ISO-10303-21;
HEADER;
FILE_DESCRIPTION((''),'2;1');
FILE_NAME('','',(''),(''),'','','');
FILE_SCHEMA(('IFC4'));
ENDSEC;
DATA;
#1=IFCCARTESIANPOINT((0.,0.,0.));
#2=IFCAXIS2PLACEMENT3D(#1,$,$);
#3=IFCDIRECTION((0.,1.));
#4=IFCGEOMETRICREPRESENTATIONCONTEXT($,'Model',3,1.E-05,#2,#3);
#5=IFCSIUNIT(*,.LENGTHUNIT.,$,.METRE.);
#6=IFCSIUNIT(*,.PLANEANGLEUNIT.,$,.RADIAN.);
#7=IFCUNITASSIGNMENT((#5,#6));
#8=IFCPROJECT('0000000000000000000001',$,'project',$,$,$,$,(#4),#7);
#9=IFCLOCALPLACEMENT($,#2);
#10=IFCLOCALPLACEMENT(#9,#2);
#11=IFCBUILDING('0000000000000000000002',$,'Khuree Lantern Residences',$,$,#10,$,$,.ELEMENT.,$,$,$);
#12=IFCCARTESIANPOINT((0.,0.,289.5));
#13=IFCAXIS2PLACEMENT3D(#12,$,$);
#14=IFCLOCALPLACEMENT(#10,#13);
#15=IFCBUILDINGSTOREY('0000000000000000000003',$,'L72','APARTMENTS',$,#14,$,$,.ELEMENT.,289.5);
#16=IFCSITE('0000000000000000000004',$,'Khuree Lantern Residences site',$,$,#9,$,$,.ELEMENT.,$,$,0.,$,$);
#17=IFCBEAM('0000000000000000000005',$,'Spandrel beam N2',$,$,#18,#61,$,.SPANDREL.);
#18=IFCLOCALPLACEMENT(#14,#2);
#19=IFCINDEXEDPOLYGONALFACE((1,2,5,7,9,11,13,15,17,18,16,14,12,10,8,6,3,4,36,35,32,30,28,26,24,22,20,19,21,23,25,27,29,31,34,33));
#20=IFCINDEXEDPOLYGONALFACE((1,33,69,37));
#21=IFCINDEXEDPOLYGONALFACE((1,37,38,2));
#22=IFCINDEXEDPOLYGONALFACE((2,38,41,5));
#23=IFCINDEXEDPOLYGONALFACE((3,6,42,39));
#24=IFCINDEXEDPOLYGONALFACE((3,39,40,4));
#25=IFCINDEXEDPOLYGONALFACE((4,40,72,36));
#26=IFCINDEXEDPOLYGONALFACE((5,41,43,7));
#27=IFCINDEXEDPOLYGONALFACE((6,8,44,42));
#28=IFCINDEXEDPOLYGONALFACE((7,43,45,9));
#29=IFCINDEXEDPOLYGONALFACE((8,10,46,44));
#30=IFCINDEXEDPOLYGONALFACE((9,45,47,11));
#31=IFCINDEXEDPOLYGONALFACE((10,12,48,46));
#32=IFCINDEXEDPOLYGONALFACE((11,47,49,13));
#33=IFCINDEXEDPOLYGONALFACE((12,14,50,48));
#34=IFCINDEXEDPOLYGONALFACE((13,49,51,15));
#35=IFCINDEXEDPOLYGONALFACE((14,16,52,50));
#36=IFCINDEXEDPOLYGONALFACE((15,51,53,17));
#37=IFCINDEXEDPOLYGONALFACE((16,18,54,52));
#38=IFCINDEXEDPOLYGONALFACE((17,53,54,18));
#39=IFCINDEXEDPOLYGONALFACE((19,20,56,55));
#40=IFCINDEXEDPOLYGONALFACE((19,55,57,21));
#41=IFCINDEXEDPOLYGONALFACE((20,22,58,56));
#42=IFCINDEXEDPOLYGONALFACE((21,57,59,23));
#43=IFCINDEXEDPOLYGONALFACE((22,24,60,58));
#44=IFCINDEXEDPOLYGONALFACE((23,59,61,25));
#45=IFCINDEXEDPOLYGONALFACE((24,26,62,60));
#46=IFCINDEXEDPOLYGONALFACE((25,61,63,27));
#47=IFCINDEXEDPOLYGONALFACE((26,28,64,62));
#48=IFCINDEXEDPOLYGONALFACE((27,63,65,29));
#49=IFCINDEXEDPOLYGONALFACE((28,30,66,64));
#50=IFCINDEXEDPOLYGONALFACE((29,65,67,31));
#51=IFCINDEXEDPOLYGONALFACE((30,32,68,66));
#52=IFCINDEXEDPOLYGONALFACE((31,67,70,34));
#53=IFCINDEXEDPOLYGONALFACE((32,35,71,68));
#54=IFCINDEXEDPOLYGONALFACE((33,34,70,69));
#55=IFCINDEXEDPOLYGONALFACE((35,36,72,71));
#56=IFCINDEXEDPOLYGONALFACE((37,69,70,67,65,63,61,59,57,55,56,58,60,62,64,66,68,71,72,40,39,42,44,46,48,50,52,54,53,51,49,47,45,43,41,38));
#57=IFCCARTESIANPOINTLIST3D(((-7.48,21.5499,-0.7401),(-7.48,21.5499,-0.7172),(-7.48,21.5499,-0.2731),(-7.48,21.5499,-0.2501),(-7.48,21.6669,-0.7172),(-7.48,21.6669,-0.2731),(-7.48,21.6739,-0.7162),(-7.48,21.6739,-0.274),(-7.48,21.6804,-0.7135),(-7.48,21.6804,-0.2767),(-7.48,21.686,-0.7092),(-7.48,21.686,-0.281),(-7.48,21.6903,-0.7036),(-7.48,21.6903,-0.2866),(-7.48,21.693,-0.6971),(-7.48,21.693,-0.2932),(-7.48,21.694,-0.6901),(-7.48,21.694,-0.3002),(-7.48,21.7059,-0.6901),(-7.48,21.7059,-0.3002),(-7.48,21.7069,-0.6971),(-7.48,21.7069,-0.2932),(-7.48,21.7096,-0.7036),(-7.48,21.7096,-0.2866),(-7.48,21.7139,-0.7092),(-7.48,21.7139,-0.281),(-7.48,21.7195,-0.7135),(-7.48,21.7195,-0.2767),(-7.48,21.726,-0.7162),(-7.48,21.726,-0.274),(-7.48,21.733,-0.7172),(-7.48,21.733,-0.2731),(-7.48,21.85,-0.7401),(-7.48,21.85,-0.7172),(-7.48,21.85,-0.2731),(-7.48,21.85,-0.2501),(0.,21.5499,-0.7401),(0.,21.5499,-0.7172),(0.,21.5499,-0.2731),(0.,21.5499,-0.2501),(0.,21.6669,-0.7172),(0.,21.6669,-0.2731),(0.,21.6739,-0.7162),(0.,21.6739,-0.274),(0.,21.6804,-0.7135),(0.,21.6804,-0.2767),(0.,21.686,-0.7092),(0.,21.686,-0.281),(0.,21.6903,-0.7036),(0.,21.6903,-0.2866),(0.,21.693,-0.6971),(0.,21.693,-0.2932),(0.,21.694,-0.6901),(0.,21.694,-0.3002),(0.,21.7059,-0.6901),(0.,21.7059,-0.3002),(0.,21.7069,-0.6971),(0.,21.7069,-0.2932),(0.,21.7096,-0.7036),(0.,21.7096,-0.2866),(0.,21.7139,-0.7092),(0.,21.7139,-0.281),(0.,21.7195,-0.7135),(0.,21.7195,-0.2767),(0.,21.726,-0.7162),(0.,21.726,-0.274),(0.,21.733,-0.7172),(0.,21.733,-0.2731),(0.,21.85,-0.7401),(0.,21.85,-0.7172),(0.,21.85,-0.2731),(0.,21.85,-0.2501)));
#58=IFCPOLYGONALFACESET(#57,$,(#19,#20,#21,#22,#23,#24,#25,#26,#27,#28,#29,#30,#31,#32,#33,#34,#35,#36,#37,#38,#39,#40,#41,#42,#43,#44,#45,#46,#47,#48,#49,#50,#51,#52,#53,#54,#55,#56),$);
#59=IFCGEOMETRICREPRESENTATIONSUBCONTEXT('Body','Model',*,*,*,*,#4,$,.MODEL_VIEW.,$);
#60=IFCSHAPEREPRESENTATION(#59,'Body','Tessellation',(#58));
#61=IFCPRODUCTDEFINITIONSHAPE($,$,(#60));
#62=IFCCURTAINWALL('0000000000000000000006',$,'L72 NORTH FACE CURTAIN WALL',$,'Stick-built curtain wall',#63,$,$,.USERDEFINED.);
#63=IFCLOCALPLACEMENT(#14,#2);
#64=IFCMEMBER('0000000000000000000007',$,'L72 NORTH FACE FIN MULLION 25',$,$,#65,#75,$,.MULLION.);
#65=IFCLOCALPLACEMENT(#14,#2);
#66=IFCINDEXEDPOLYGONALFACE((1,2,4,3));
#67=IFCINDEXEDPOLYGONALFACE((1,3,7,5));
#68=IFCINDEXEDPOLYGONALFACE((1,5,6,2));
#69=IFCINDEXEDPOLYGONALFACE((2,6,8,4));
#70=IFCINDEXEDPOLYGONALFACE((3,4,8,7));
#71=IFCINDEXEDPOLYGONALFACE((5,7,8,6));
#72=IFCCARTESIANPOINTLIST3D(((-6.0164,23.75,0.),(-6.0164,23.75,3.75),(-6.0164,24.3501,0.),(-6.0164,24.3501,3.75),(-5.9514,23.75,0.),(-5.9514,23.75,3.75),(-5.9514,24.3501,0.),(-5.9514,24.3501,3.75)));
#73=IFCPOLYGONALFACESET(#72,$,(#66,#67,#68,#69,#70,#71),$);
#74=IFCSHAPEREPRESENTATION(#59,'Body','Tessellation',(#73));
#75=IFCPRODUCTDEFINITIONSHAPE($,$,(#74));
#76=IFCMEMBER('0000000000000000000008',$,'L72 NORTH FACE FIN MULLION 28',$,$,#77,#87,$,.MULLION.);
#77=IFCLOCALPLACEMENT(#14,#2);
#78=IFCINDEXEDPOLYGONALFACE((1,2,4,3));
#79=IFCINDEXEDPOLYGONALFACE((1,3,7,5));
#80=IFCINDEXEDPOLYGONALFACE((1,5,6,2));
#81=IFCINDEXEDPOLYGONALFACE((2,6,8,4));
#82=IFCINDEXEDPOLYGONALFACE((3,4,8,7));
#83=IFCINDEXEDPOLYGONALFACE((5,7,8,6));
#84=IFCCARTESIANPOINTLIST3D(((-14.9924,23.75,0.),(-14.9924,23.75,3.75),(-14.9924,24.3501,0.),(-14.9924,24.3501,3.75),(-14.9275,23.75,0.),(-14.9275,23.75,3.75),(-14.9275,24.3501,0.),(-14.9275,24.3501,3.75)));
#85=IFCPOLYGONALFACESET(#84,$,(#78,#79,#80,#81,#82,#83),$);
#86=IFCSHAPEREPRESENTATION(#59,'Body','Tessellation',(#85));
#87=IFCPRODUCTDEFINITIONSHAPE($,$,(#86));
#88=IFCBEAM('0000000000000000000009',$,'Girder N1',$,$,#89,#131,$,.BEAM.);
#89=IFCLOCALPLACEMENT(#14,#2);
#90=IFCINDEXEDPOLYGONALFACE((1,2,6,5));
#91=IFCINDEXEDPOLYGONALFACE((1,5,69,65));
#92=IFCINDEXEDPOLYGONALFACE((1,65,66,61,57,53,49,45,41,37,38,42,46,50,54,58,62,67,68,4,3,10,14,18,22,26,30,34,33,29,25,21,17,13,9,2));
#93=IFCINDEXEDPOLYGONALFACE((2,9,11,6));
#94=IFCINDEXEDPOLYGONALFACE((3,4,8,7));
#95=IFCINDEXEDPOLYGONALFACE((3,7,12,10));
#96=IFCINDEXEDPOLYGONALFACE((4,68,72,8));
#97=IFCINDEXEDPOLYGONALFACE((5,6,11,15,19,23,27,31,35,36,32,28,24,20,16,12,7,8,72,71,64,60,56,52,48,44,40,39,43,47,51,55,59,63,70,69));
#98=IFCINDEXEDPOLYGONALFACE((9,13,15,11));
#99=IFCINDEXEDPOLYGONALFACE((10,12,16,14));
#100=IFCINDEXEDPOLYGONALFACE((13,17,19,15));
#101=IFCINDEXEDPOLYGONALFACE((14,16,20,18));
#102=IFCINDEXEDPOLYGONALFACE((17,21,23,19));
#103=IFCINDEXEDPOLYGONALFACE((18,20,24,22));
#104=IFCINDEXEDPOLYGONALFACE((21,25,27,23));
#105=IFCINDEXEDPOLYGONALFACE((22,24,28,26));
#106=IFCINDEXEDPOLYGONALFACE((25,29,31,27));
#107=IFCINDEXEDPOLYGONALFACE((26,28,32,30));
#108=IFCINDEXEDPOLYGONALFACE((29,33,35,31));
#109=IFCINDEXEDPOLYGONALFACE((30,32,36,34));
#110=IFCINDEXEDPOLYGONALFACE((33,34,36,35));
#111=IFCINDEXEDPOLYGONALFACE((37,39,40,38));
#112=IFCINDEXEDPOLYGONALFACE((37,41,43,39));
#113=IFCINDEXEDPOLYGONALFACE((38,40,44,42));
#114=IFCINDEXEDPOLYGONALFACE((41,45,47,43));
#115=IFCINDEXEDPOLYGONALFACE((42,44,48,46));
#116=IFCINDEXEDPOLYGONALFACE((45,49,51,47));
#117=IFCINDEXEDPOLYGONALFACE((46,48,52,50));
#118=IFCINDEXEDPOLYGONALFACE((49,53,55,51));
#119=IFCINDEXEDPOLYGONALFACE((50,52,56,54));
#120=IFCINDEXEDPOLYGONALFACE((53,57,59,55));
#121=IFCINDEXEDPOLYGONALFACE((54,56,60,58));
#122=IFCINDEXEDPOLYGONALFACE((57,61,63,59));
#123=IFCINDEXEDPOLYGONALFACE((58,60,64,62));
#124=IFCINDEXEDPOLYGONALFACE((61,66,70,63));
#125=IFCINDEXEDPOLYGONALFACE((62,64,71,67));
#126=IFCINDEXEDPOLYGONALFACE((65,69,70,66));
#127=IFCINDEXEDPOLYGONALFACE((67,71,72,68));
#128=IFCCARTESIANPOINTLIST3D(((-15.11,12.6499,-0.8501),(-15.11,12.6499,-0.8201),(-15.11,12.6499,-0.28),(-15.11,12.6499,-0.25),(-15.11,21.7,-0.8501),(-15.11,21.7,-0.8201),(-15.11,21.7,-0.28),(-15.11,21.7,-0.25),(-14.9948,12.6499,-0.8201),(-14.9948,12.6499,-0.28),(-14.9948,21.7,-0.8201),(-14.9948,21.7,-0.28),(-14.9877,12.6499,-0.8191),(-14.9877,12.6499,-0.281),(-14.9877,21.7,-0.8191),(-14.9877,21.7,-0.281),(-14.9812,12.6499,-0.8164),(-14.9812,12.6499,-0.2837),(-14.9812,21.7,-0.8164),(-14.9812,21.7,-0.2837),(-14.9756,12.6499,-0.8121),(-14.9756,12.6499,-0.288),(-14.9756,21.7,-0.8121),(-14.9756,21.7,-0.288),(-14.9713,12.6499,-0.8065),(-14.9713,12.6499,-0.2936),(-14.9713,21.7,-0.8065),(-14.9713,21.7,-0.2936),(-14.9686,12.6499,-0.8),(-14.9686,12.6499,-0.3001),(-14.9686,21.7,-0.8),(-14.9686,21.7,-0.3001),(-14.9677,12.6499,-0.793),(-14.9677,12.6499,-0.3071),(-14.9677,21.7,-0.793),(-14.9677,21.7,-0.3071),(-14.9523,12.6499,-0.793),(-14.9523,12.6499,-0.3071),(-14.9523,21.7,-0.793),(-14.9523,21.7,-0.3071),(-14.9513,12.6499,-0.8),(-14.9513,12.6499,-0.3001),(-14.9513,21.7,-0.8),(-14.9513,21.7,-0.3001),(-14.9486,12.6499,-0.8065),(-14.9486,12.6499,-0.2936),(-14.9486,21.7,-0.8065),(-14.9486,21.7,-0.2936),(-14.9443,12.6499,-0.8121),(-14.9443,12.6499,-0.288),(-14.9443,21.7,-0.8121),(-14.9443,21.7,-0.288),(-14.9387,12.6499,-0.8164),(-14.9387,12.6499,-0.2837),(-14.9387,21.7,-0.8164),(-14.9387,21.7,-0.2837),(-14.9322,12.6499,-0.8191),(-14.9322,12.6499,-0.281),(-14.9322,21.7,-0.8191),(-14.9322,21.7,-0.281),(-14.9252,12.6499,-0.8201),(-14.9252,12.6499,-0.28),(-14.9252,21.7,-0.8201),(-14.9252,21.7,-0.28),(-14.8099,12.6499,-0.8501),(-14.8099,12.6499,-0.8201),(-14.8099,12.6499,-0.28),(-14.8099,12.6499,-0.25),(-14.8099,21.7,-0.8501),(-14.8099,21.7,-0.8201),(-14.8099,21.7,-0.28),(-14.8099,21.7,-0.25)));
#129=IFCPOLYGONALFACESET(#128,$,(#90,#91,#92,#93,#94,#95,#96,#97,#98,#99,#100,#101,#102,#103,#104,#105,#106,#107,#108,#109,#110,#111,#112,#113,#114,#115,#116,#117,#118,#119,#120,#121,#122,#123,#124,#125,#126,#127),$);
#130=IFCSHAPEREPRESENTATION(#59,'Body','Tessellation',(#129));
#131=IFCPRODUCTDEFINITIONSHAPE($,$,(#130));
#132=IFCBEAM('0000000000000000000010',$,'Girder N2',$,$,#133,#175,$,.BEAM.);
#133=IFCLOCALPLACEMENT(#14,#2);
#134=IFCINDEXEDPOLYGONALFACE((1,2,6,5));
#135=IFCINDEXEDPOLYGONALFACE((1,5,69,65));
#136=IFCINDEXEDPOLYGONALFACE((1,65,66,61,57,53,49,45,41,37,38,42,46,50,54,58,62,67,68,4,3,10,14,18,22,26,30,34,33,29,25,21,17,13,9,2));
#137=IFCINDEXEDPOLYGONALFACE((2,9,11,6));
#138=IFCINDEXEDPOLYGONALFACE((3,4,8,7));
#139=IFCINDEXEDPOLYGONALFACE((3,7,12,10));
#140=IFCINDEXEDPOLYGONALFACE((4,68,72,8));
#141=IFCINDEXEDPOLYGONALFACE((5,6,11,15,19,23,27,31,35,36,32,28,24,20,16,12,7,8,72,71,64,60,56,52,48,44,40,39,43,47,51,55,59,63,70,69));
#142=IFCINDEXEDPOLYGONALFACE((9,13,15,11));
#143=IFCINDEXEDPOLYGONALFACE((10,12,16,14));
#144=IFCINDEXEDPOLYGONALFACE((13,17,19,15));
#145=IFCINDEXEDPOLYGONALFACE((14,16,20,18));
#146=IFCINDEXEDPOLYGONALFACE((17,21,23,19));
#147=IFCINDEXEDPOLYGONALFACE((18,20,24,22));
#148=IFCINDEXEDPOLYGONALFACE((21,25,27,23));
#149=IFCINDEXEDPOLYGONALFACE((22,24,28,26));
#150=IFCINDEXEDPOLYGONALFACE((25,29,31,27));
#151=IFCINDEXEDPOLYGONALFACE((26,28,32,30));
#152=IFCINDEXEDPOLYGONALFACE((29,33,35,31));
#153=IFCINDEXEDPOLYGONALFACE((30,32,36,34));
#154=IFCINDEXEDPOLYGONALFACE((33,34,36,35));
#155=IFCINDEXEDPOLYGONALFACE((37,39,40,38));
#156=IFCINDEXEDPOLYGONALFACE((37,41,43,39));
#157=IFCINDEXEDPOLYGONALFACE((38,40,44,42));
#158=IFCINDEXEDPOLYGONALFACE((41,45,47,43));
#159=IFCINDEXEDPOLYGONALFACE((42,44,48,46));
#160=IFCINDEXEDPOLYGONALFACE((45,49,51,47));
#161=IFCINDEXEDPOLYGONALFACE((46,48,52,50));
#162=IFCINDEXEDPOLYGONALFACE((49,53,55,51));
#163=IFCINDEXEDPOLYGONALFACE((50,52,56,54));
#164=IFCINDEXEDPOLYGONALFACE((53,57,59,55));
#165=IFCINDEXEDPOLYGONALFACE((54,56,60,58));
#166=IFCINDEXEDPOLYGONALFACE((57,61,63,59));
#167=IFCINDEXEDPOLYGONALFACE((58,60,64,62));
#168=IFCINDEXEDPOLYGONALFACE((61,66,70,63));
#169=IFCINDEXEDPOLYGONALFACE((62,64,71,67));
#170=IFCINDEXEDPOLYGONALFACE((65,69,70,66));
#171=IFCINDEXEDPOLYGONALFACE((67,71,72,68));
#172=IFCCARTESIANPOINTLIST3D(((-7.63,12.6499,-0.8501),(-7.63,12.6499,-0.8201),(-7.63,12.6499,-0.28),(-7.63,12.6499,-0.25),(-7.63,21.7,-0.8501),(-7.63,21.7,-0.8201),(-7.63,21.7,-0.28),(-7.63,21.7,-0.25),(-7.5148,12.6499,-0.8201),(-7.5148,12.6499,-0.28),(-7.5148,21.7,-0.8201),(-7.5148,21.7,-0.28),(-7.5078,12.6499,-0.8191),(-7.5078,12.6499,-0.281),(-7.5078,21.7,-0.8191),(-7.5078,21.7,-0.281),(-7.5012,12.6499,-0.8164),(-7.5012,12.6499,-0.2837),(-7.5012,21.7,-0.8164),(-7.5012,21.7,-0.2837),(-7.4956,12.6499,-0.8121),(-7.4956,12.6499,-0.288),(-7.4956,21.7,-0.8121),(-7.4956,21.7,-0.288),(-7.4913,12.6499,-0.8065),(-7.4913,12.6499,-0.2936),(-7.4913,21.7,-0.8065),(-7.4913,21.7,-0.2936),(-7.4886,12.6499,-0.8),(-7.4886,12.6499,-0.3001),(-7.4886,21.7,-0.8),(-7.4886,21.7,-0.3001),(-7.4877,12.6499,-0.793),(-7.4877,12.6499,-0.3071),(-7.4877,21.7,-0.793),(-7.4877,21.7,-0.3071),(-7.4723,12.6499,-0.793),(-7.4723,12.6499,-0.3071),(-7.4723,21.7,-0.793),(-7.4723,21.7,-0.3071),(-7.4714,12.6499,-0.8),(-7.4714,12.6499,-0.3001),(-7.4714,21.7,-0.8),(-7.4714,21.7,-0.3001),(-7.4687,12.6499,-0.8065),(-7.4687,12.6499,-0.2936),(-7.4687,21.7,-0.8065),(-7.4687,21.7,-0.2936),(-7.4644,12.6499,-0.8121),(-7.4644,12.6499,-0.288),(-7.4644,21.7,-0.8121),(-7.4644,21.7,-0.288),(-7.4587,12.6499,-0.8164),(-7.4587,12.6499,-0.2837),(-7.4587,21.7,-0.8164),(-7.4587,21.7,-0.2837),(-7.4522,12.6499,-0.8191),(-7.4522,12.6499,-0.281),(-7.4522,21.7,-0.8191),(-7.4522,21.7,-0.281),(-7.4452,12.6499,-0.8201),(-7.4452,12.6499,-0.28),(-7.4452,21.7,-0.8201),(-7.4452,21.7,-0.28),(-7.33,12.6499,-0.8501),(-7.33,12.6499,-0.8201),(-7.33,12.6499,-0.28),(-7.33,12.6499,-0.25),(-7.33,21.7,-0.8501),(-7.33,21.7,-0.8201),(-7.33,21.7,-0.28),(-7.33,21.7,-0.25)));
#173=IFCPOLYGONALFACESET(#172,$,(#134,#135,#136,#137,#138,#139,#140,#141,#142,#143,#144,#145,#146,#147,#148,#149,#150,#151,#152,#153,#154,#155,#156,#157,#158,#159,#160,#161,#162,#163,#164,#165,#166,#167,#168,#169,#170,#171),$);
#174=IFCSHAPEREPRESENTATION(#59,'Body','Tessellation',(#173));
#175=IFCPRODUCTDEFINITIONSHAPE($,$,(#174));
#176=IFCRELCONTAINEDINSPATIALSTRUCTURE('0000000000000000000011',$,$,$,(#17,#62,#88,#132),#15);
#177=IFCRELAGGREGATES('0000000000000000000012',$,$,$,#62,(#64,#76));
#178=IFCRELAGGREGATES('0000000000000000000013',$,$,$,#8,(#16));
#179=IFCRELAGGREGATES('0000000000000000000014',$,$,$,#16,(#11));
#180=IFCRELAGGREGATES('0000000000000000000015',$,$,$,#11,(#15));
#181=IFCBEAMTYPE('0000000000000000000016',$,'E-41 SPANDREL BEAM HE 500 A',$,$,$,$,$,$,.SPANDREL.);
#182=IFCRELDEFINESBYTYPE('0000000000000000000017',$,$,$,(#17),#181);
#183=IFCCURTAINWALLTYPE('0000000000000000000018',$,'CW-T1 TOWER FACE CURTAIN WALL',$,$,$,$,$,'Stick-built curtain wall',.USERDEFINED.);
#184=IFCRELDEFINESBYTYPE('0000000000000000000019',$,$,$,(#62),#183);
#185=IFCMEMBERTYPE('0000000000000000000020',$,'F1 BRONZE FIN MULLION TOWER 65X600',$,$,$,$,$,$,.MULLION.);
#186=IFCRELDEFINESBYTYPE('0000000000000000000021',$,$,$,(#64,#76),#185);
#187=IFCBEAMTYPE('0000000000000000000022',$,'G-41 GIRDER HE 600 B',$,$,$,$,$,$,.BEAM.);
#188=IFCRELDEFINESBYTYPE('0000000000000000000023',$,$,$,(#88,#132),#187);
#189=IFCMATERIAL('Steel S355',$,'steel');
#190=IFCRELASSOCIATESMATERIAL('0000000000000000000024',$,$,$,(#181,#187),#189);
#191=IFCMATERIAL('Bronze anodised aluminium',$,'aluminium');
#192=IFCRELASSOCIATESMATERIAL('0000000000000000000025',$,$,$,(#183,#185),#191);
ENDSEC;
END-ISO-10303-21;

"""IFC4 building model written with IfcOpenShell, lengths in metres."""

from ifc_helpers import new_model, si_unit, direction, frame, origin, origin_2d, place, context, subcontext, project, spatial, rectangle, i_section, extrude, material, material_profile, profile_set, type_object, element, aggregate, save


model = new_model("IFC4")

# Units and contexts
model_context = context("Model", 3, precision=1e-05, world=origin(), true_north=direction((0.0, 1.0)))
body_context = subcontext(model_context, "Body", "Model", "MODEL_VIEW")
ifc_project = project(units=[si_unit("LENGTHUNIT", "METRE"), si_unit("PLANEANGLEUNIT", "RADIAN")], contexts=[model_context])

# Site, building, storey
site_placement = place(None, origin())
site = spatial("IfcSite", under=ifc_project, at=site_placement, Name="Khuree Lantern Residences site", CompositionType="ELEMENT", RefElevation=0.0)
building_placement = place(site_placement, origin())
building = spatial("IfcBuilding", under=site, at=building_placement, Name="Khuree Lantern Residences", CompositionType="ELEMENT")
storey_placement = place(building_placement, frame((0.0, 0.0, 289.5)))
storey = spatial("IfcBuildingStorey", under=building, at=storey_placement, Name="L72", Description="APARTMENTS", CompositionType="ELEMENT", Elevation=289.5)

# Beam
ifc_material_1 = material(Name="Steel S355", Category="steel")
ifc_material_profile_1 = material_profile(ifc_material_1, i_section(OverallWidth=0.3, OverallDepth=0.49, WebThickness=0.012, FlangeThickness=0.0229, FilletRadius=0.0271, at=origin_2d()), Name="HE 500 A")
ifc_profile_set_1 = profile_set([ifc_material_profile_1], Name="Steel S355")
beam_type_1 = type_object("IfcBeamType", Name="E-41 SPANDREL BEAM HE 500 A", PredefinedType="SPANDREL", material=ifc_profile_set_1)
for number, where, z_axis, x_axis, name in (
    (1, (-7.48, 21.7, -0.4951), (1.0, 0.0, 0.0), (0.0, 1.0, 0.0), "Spandrel beam N2"),
):
    element("IfcBeam", number, at=place(storey_placement, frame(where, z_axis=z_axis, x_axis=x_axis)), inside=storey, type_object=beam_type_1, Name=name, PredefinedType="SPANDREL", context=body_context, shape_type="SweptSolid", body=[
        extrude(i_section(OverallWidth=0.3, OverallDepth=0.49, WebThickness=0.012, FlangeThickness=0.0229, FilletRadius=0.0271, at=origin_2d()), origin(), (0.0, 0.0, 1.0), 7.48),
    ])

# Curtain wall, members
ifc_material_2 = material(Name="Bronze anodised aluminium", Category="aluminium")
curtain_wall_type = type_object("IfcCurtainWallType", Name="CW-T1 TOWER FACE CURTAIN WALL", ElementType="Stick-built curtain wall", PredefinedType="USERDEFINED", material=ifc_material_2)
curtain_wall_placement = place(storey_placement, origin())
curtain_wall = element("IfcCurtainWall", 2, at=curtain_wall_placement, inside=storey, type_object=curtain_wall_type, Name="L72 NORTH FACE CURTAIN WALL", ObjectType="Stick-built curtain wall", PredefinedType="USERDEFINED")
ifc_material_profile_2 = material_profile(ifc_material_2, rectangle(XDim=0.0649, YDim=0.6001, at=origin_2d()), Name="F1 65X600")
ifc_profile_set_2 = profile_set([ifc_material_profile_2], Name="Bronze anodised aluminium")
member_type_1 = type_object("IfcMemberType", Name="F1 BRONZE FIN MULLION TOWER 65X600", PredefinedType="MULLION", material=ifc_profile_set_2)
member_1_placement = place(storey_placement, frame((-5.9839, 24.05, 0.0), z_axis=(0.0, 0.0, 1.0), x_axis=(-1.0, 0.0, 0.0)))
member_1 = element("IfcMember", 3, at=member_1_placement, type_object=member_type_1, Name="L72 NORTH FACE FIN MULLION 25", PredefinedType="MULLION", context=body_context, shape_type="SweptSolid", body=[
    extrude(rectangle(XDim=0.0649, YDim=0.6001, at=origin_2d()), origin(), (0.0, 0.0, 1.0), 3.75),
])
member_2_placement = place(storey_placement, frame((-14.96, 24.05, 0.0), z_axis=(0.0, 0.0, 1.0), x_axis=(-1.0, 0.0, 0.0)))
member_2 = element("IfcMember", 4, at=member_2_placement, type_object=member_type_1, Name="L72 NORTH FACE FIN MULLION 28", PredefinedType="MULLION", context=body_context, shape_type="SweptSolid", body=[
    extrude(rectangle(XDim=0.0649, YDim=0.6001, at=origin_2d()), origin(), (0.0, 0.0, 1.0), 3.75),
])

# Beams
ifc_material_profile_3 = material_profile(ifc_material_1, i_section(OverallWidth=0.3, OverallDepth=0.6001, WebThickness=0.0154, FlangeThickness=0.03, FilletRadius=0.0271, at=origin_2d()), Name="HE 600 B")
ifc_profile_set_3 = profile_set([ifc_material_profile_3], Name="Steel S355")
beam_type_2 = type_object("IfcBeamType", Name="G-41 GIRDER HE 600 B", PredefinedType="BEAM", material=ifc_profile_set_3)
for number, where, z_axis, x_axis, name in (
    (5, (-14.96, 21.7, -0.55), (0.0, -1.0, 0.0), (1.0, 0.0, 0.0), "Girder N1"),
    (6, (-7.48, 21.7, -0.55), (0.0, -1.0, 0.0), (1.0, 0.0, 0.0), "Girder N2"),
):
    element("IfcBeam", number, at=place(storey_placement, frame(where, z_axis=z_axis, x_axis=x_axis)), inside=storey, type_object=beam_type_2, Name=name, PredefinedType="BEAM", context=body_context, shape_type="SweptSolid", body=[
        extrude(i_section(OverallWidth=0.3, OverallDepth=0.6001, WebThickness=0.0154, FlangeThickness=0.03, FilletRadius=0.0271, at=origin_2d()), origin(), (0.0, 0.0, 1.0), 9.05),
    ])

aggregate(curtain_wall, [member_1, member_2])

save(model, "model.ifc")
